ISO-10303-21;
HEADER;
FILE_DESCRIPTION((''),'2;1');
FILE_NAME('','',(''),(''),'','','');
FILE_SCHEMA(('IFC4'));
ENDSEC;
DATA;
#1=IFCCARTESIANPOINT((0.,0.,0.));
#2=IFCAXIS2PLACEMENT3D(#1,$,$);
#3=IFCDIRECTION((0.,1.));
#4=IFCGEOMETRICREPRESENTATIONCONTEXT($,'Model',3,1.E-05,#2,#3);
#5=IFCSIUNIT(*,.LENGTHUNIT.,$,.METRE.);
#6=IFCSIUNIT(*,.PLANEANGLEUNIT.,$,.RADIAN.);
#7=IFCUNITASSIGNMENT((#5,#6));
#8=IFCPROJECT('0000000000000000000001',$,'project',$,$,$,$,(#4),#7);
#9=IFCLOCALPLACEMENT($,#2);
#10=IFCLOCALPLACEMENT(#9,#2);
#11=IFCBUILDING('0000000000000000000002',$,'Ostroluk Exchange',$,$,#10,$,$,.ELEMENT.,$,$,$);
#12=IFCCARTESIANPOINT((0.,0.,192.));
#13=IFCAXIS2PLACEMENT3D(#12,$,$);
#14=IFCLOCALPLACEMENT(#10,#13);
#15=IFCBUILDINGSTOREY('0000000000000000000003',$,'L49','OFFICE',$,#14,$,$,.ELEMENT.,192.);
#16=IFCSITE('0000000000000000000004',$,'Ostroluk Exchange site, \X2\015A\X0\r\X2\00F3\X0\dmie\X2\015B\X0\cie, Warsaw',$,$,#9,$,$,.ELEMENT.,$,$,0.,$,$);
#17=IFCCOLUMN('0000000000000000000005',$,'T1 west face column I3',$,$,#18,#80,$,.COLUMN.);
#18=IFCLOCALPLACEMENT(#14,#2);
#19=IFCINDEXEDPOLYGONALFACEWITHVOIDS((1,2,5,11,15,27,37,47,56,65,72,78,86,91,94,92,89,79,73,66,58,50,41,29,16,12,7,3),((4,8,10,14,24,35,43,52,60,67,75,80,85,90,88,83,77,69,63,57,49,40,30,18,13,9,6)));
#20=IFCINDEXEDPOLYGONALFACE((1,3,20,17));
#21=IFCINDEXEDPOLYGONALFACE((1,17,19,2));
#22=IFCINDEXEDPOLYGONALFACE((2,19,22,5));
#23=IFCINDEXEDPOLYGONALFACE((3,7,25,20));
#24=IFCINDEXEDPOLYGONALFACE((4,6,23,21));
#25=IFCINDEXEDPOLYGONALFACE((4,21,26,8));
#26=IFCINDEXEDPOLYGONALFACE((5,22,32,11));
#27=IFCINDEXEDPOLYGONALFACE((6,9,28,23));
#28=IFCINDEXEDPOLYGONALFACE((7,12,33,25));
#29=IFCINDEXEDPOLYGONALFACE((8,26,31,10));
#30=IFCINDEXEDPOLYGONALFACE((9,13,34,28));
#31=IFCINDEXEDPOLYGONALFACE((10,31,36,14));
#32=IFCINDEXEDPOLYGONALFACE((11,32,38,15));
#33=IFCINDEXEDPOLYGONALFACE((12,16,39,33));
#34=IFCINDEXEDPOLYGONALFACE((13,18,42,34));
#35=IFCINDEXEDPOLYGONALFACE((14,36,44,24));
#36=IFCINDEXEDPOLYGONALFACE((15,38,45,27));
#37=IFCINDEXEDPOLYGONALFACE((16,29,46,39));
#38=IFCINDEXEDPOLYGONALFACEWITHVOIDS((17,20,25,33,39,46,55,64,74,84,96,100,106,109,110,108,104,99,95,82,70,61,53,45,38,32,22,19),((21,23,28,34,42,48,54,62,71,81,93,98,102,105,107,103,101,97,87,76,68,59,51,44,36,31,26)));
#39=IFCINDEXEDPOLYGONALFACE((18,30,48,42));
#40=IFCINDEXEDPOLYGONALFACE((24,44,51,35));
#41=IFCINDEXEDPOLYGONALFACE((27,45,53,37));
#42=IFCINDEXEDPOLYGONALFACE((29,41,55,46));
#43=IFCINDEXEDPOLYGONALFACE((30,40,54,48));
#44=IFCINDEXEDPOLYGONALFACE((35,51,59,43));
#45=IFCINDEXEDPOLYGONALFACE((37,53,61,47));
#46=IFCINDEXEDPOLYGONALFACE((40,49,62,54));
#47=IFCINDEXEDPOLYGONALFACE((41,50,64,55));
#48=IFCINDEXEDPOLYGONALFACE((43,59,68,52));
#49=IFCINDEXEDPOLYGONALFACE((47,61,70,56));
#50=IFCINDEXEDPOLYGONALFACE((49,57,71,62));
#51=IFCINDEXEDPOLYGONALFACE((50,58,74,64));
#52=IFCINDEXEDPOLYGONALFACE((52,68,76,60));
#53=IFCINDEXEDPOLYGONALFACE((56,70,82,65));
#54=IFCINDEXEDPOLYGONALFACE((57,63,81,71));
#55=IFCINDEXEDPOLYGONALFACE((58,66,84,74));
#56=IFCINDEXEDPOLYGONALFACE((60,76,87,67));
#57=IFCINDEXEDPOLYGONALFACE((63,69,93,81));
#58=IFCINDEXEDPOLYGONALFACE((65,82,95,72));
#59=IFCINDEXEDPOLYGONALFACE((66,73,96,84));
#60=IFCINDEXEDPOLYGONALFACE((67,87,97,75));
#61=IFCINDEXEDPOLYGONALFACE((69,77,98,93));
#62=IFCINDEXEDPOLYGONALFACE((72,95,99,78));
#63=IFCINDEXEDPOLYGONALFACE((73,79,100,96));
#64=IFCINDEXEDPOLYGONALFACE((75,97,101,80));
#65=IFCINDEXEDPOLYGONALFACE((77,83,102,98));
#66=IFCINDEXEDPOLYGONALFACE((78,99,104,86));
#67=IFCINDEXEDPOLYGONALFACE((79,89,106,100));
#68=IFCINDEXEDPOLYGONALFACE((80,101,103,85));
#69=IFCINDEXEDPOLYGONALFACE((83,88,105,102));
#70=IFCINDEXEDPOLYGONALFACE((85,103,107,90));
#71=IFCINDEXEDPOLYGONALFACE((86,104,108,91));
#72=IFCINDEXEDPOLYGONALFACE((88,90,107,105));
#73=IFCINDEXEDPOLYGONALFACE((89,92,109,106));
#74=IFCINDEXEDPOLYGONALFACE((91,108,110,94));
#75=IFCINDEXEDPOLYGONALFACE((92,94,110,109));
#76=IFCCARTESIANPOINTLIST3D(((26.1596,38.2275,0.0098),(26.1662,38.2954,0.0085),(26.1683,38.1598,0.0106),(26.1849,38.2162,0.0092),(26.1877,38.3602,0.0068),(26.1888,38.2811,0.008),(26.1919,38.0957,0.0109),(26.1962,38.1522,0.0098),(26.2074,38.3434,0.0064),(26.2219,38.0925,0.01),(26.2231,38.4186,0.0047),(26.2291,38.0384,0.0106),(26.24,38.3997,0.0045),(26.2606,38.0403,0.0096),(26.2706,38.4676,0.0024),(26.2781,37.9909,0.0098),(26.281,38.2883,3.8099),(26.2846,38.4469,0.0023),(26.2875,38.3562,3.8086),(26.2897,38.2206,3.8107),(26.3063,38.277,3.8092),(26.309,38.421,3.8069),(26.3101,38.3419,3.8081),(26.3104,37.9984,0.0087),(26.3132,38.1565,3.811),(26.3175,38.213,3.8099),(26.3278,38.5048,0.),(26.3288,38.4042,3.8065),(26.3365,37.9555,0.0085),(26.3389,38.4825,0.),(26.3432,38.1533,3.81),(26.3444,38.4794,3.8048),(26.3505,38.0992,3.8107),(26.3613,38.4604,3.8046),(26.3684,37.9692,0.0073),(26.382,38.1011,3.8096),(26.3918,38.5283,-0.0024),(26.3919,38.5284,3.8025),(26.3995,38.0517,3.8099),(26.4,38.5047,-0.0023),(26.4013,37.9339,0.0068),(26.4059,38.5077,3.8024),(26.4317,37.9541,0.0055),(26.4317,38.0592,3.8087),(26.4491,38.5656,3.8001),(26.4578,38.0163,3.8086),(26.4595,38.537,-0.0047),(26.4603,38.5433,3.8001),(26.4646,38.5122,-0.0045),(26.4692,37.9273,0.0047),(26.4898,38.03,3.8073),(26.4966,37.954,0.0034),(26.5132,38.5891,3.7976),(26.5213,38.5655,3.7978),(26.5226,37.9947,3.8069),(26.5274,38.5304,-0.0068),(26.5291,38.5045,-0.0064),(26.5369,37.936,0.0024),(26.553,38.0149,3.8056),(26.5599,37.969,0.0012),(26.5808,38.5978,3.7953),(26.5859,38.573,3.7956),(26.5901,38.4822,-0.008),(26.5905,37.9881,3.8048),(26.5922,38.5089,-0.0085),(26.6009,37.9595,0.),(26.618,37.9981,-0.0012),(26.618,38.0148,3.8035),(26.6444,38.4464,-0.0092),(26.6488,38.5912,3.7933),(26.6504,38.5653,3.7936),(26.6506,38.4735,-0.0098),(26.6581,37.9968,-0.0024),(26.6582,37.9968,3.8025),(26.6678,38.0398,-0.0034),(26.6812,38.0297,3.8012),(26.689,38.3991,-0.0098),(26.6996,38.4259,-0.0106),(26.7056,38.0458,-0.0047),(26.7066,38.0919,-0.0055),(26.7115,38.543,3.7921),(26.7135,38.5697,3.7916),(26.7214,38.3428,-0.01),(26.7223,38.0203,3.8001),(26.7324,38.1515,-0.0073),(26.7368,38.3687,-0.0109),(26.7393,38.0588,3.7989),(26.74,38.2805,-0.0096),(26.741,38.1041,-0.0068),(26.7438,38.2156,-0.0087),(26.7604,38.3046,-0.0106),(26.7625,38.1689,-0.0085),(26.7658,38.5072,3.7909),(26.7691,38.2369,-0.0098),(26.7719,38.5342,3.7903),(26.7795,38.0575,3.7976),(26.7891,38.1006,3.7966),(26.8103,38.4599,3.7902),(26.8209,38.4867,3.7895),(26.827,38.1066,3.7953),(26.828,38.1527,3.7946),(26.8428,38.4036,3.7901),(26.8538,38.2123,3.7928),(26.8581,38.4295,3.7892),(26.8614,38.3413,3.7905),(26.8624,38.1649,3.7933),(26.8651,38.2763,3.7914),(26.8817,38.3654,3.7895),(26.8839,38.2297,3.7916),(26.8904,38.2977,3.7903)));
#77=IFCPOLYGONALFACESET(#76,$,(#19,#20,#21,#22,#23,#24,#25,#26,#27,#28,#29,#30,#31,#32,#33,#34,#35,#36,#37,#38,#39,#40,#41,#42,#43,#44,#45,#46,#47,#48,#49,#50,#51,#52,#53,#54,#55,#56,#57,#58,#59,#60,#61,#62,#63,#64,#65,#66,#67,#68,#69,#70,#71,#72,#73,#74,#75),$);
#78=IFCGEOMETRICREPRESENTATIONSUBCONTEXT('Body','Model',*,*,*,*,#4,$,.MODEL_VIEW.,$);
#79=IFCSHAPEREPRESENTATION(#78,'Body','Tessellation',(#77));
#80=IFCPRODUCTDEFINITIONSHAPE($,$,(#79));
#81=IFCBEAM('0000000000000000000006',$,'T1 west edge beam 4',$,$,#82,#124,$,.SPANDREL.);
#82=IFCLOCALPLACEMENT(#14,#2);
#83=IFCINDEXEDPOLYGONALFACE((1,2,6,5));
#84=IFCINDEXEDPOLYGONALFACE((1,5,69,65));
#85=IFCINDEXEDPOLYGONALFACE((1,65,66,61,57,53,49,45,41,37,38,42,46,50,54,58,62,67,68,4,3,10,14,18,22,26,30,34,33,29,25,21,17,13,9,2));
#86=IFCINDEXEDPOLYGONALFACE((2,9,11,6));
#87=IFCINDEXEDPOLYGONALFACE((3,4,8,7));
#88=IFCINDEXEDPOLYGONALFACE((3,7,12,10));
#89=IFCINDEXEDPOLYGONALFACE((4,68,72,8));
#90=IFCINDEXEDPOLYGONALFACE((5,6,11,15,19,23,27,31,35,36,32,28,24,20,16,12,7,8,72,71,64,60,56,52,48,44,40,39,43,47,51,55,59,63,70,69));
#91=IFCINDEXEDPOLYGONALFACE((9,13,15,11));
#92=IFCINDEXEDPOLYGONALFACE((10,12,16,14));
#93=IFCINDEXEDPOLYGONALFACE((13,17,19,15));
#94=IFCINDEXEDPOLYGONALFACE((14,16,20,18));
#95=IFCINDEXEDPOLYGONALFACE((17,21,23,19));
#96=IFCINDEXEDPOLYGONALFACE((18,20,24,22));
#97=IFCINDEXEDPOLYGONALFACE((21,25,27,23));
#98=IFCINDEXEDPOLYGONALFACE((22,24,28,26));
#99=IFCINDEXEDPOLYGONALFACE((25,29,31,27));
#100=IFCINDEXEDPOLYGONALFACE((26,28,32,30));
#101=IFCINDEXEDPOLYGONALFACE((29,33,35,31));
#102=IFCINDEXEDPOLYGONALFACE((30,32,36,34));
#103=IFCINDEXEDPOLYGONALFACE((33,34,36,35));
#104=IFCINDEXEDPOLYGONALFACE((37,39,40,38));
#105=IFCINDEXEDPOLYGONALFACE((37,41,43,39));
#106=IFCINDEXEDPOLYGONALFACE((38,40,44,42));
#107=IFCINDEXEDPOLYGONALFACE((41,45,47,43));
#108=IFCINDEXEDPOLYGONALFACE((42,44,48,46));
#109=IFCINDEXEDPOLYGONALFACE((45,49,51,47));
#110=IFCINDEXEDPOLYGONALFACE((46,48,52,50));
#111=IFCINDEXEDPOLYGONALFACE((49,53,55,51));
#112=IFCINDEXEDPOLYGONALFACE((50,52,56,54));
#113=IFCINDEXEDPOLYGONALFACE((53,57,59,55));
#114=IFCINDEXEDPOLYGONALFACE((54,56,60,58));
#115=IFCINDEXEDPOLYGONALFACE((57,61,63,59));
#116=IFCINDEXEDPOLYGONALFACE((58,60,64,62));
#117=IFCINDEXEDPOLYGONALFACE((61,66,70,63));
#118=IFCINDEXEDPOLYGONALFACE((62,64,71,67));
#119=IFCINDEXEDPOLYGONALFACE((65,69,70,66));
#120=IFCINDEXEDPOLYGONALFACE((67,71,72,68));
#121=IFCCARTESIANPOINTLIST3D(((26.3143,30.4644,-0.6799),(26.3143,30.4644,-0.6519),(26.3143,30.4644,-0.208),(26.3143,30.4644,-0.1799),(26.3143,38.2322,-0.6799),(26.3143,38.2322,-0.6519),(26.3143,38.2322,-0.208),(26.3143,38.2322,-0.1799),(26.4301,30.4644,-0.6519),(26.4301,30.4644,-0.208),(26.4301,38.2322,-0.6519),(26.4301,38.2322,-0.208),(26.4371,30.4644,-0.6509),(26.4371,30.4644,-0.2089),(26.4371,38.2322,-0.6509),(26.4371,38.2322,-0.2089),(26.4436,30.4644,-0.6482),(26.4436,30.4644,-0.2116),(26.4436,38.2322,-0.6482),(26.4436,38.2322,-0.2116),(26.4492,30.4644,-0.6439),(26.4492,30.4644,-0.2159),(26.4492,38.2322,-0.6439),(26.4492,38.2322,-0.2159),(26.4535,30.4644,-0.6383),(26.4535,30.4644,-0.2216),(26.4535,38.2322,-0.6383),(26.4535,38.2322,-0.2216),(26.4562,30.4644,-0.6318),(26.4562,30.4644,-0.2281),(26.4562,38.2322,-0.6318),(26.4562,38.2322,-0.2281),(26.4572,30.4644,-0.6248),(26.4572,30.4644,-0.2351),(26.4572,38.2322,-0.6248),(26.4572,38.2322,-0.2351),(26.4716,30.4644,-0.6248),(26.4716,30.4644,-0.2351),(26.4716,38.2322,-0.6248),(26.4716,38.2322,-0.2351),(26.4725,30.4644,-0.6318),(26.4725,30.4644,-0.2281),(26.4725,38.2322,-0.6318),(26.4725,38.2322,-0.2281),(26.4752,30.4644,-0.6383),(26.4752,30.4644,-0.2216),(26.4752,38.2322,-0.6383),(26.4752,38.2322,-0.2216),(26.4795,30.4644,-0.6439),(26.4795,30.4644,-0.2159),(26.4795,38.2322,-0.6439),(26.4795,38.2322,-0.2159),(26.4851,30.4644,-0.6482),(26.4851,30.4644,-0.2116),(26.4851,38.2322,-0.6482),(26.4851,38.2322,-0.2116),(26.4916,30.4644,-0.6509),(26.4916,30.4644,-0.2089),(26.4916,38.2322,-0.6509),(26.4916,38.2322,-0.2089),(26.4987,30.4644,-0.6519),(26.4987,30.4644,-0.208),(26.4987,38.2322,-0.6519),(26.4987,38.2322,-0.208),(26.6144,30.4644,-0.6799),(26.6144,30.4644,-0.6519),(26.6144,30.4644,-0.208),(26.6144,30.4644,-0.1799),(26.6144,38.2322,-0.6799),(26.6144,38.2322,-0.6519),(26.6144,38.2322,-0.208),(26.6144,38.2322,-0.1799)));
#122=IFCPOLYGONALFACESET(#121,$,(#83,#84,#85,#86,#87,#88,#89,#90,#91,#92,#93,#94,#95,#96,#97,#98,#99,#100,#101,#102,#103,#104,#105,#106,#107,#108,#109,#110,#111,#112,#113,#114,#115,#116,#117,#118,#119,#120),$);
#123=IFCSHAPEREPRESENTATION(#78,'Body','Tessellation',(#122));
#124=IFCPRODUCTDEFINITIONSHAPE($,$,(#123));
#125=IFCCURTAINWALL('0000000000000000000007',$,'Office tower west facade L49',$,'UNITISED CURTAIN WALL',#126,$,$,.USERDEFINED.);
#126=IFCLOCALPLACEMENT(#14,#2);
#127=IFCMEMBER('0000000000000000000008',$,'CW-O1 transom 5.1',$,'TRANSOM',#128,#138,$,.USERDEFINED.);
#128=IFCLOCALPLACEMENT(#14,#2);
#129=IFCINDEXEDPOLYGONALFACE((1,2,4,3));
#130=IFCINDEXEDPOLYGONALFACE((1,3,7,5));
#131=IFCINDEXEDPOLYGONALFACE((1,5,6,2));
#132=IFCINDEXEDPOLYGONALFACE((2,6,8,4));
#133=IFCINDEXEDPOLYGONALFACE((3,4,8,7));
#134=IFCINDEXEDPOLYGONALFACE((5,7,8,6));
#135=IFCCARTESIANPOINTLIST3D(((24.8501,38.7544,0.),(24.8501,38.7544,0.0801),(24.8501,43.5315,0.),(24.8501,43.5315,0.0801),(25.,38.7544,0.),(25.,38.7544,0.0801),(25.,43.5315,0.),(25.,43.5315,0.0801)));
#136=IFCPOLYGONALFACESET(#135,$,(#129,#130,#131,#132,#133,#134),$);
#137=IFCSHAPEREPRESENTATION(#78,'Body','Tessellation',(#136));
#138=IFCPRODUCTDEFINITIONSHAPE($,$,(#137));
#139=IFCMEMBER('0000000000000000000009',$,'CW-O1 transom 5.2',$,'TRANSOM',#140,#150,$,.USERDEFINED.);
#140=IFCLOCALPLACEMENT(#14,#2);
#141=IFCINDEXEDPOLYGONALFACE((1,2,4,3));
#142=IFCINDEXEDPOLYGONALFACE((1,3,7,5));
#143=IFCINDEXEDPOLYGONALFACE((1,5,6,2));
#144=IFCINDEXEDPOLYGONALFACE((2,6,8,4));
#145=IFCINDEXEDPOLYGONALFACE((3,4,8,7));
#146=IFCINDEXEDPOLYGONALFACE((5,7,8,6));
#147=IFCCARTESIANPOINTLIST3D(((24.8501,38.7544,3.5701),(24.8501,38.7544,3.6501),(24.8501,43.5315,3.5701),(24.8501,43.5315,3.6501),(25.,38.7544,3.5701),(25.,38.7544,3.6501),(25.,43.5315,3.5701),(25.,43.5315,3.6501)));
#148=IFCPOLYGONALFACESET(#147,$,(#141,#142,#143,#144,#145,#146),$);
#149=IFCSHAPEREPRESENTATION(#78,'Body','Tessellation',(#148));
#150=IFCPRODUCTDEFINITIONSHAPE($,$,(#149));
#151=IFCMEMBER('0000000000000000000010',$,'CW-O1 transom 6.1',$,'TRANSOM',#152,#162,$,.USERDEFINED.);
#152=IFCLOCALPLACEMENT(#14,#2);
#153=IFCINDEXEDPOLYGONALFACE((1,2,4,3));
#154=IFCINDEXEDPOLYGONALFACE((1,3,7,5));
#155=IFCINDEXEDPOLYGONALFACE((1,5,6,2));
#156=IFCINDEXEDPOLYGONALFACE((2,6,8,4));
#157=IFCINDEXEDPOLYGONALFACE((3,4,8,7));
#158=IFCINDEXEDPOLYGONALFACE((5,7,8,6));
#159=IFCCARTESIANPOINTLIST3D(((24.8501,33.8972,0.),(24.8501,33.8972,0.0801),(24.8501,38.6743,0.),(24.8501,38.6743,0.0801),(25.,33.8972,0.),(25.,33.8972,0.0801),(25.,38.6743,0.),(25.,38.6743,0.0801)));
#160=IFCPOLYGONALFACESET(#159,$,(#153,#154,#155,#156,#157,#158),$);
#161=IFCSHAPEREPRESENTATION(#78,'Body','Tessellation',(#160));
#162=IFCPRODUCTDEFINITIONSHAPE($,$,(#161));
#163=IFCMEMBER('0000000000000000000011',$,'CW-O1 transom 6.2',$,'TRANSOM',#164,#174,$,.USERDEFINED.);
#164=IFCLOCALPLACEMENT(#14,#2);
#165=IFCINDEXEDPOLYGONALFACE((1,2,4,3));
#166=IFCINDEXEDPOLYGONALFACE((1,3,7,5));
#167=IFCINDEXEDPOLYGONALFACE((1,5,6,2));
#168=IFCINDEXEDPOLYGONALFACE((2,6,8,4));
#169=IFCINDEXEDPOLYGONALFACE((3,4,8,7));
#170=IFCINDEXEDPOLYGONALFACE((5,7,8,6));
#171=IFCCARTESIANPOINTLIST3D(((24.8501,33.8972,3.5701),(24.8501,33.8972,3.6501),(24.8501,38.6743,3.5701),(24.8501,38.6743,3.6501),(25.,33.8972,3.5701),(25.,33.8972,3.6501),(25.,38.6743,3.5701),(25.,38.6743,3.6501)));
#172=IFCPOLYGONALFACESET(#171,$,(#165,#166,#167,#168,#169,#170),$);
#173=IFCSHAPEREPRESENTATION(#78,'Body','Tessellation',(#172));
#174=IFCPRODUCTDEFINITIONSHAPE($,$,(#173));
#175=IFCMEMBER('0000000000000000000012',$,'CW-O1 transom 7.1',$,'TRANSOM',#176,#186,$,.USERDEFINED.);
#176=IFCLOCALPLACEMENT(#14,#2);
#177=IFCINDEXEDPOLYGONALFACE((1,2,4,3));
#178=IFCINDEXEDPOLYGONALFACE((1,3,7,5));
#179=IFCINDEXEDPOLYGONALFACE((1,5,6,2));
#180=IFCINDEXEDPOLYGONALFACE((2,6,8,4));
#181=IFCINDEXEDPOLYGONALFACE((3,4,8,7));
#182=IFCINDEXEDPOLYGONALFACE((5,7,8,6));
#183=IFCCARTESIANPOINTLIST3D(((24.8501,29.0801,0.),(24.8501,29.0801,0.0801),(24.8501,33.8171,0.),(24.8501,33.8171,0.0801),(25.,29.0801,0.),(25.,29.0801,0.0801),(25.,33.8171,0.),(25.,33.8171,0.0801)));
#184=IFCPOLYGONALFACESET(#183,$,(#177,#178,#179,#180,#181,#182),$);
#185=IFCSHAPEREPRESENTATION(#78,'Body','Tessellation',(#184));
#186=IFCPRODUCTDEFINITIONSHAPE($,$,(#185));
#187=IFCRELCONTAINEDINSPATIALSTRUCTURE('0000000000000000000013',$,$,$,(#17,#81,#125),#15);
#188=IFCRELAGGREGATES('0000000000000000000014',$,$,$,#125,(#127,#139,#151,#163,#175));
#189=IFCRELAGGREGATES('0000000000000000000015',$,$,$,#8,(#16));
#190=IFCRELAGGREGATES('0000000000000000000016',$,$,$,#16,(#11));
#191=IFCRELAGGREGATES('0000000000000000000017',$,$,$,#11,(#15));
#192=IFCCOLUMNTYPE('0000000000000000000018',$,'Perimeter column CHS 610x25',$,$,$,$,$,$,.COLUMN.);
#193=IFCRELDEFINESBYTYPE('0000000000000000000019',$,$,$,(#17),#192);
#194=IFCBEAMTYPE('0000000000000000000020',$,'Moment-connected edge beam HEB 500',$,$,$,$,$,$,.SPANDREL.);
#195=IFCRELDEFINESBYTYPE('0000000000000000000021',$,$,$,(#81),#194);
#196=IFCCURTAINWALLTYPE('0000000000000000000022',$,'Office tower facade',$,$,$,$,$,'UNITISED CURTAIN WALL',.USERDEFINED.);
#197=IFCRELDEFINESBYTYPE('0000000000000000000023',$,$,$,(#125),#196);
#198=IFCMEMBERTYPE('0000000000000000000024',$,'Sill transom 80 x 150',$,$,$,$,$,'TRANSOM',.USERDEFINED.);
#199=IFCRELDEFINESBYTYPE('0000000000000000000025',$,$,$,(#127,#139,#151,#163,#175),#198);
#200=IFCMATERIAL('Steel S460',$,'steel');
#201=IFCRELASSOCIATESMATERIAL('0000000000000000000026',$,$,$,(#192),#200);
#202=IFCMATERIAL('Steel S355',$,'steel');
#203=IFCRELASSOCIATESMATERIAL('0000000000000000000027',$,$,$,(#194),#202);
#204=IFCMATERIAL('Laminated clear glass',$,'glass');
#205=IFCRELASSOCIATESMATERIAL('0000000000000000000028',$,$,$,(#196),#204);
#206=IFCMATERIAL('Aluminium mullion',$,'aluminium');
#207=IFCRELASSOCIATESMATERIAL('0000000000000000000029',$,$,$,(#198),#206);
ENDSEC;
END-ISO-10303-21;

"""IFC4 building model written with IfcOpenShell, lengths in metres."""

from ifc_helpers import new_model, si_unit, direction, frame, origin, origin_2d, place, context, subcontext, project, spatial, rectangle, hollow_circle, i_section, extrude, material, material_profile, profile_set, type_object, element, aggregate, save


model = new_model("IFC4")

# Units and contexts
model_context = context("Model", 3, precision=1e-05, world=origin(), true_north=direction((0.0, 1.0)))
body_context = subcontext(model_context, "Body", "Model", "MODEL_VIEW")
ifc_project = project(units=[si_unit("LENGTHUNIT", "METRE"), si_unit("PLANEANGLEUNIT", "RADIAN")], contexts=[model_context])

# Site, building, storey
site_placement = place(None, origin())
site = spatial("IfcSite", under=ifc_project, at=site_placement, Name="Ostroluk Exchange site, Śródmieście, Warsaw", CompositionType="ELEMENT", RefElevation=0.0)
building_placement = place(site_placement, origin())
building = spatial("IfcBuilding", under=site, at=building_placement, Name="Ostroluk Exchange", CompositionType="ELEMENT")
storey_placement = place(building_placement, frame((0.0, 0.0, 192.0)))
storey = spatial("IfcBuildingStorey", under=building, at=storey_placement, Name="L49", Description="OFFICE", CompositionType="ELEMENT", Elevation=192.0)

# Column
ifc_material_1 = material(Name="Steel S460", Category="steel")
ifc_material_profile_1 = material_profile(ifc_material_1, hollow_circle(Radius=0.3049, WallThickness=0.0249, at=origin_2d()), Name="CHS 610x25")
ifc_profile_set_1 = profile_set([ifc_material_profile_1], Name="Steel S460")
column_type = type_object("IfcColumnType", Name="Perimeter column CHS 610x25", PredefinedType="COLUMN", material=ifc_profile_set_1)
column_placement = place(storey_placement, frame((26.4644, 38.2322, 0.0), z_axis=(0.03191, 0.015987, 0.999363), x_axis=(-0.447933, 0.894067, 0.0)))
element("IfcColumn", 1, at=column_placement, inside=storey, type_object=column_type, Name="T1 west face column I3", PredefinedType="COLUMN", context=body_context, shape_type="SweptSolid", body=[
    extrude(hollow_circle(Radius=0.3049, WallThickness=0.0249, at=origin_2d()), origin(), (0.0, 0.0, 1.0), 3.8025),
])

# Beam
ifc_material_2 = material(Name="Steel S355", Category="steel")
ifc_material_profile_2 = material_profile(ifc_material_2, i_section(OverallWidth=0.3, OverallDepth=0.5, WebThickness=0.0144, FlangeThickness=0.0281, FilletRadius=0.0271, at=origin_2d()), Name="HEB 500")
ifc_profile_set_2 = profile_set([ifc_material_profile_2], Name="Steel S355")
beam_type = type_object("IfcBeamType", Name="Moment-connected edge beam HEB 500", PredefinedType="SPANDREL", material=ifc_profile_set_2)
beam_placement = place(storey_placement, frame((26.4644, 38.2322, -0.4299), z_axis=(0.0, -1.0, 0.0), x_axis=(1.0, 0.0, 0.0)))
element("IfcBeam", 2, at=beam_placement, inside=storey, type_object=beam_type, Name="T1 west edge beam 4", PredefinedType="SPANDREL", context=body_context, shape_type="SweptSolid", body=[
    extrude(i_section(OverallWidth=0.3, OverallDepth=0.5, WebThickness=0.0144, FlangeThickness=0.0281, FilletRadius=0.0271, at=origin_2d()), origin(), (0.0, 0.0, 1.0), 7.7678),
])

# Curtain wall, members
ifc_material_3 = material(Name="Laminated clear glass", Category="glass")
curtain_wall_type = type_object("IfcCurtainWallType", Name="Office tower facade", ElementType="UNITISED CURTAIN WALL", PredefinedType="USERDEFINED", material=ifc_material_3)
curtain_wall_placement = place(storey_placement, origin())
curtain_wall = element("IfcCurtainWall", 3, at=curtain_wall_placement, inside=storey, type_object=curtain_wall_type, Name="Office tower west facade L49", ObjectType="UNITISED CURTAIN WALL", PredefinedType="USERDEFINED")
ifc_material_4 = material(Name="Aluminium mullion", Category="aluminium")
ifc_material_profile_3 = material_profile(ifc_material_4, rectangle(XDim=0.1499, YDim=0.0801, at=origin_2d()), Name="Sill transom 80 x 150")
ifc_profile_set_3 = profile_set([ifc_material_profile_3], Name="Aluminium mullion")
member_type_1 = type_object("IfcMemberType", Name="Sill transom 80 x 150", ElementType="TRANSOM", PredefinedType="USERDEFINED", material=ifc_profile_set_3)
member_1_placement = place(storey_placement, frame((24.925, 43.5315, 0.04), z_axis=(0.0, -1.0, 0.0), x_axis=(1.0, 0.0, 0.0)))
member_1 = element("IfcMember", 4, at=member_1_placement, type_object=member_type_1, Name="CW-O1 transom 5.1", ObjectType="TRANSOM", PredefinedType="USERDEFINED", context=body_context, shape_type="SweptSolid", body=[
    extrude(rectangle(XDim=0.1499, YDim=0.0801, at=origin_2d()), origin(), (0.0, 0.0, 1.0), 4.7771),
])
member_2_placement = place(storey_placement, frame((24.925, 43.5315, 3.6101), z_axis=(0.0, -1.0, 0.0), x_axis=(1.0, 0.0, 0.0)))
member_2 = element("IfcMember", 5, at=member_2_placement, type_object=member_type_1, Name="CW-O1 transom 5.2", ObjectType="TRANSOM", PredefinedType="USERDEFINED", context=body_context, shape_type="SweptSolid", body=[
    extrude(rectangle(XDim=0.1499, YDim=0.0801, at=origin_2d()), origin(), (0.0, 0.0, 1.0), 4.7771),
])
member_3_placement = place(storey_placement, frame((24.925, 38.6743, 0.04), z_axis=(0.0, -1.0, 0.0), x_axis=(1.0, 0.0, 0.0)))
member_3 = element("IfcMember", 6, at=member_3_placement, type_object=member_type_1, Name="CW-O1 transom 6.1", ObjectType="TRANSOM", PredefinedType="USERDEFINED", context=body_context, shape_type="SweptSolid", body=[
    extrude(rectangle(XDim=0.1499, YDim=0.0801, at=origin_2d()), origin(), (0.0, 0.0, 1.0), 4.7771),
])
member_4_placement = place(storey_placement, frame((24.925, 38.6743, 3.6101), z_axis=(0.0, -1.0, 0.0), x_axis=(1.0, 0.0, 0.0)))
member_4 = element("IfcMember", 7, at=member_4_placement, type_object=member_type_1, Name="CW-O1 transom 6.2", ObjectType="TRANSOM", PredefinedType="USERDEFINED", context=body_context, shape_type="SweptSolid", body=[
    extrude(rectangle(XDim=0.1499, YDim=0.0801, at=origin_2d()), origin(), (0.0, 0.0, 1.0), 4.7771),
])
member_5_placement = place(storey_placement, frame((24.925, 33.8171, 0.04), z_axis=(0.0, -1.0, 0.0), x_axis=(1.0, 0.0, 0.0)))
member_5 = element("IfcMember", 8, at=member_5_placement, type_object=member_type_1, Name="CW-O1 transom 7.1", ObjectType="TRANSOM", PredefinedType="USERDEFINED", context=body_context, shape_type="SweptSolid", body=[
    extrude(rectangle(XDim=0.1499, YDim=0.0801, at=origin_2d()), origin(), (0.0, 0.0, 1.0), 4.7371),
])
aggregate(curtain_wall, [member_1, member_2, member_3, member_4, member_5])

save(model, "model.ifc")
